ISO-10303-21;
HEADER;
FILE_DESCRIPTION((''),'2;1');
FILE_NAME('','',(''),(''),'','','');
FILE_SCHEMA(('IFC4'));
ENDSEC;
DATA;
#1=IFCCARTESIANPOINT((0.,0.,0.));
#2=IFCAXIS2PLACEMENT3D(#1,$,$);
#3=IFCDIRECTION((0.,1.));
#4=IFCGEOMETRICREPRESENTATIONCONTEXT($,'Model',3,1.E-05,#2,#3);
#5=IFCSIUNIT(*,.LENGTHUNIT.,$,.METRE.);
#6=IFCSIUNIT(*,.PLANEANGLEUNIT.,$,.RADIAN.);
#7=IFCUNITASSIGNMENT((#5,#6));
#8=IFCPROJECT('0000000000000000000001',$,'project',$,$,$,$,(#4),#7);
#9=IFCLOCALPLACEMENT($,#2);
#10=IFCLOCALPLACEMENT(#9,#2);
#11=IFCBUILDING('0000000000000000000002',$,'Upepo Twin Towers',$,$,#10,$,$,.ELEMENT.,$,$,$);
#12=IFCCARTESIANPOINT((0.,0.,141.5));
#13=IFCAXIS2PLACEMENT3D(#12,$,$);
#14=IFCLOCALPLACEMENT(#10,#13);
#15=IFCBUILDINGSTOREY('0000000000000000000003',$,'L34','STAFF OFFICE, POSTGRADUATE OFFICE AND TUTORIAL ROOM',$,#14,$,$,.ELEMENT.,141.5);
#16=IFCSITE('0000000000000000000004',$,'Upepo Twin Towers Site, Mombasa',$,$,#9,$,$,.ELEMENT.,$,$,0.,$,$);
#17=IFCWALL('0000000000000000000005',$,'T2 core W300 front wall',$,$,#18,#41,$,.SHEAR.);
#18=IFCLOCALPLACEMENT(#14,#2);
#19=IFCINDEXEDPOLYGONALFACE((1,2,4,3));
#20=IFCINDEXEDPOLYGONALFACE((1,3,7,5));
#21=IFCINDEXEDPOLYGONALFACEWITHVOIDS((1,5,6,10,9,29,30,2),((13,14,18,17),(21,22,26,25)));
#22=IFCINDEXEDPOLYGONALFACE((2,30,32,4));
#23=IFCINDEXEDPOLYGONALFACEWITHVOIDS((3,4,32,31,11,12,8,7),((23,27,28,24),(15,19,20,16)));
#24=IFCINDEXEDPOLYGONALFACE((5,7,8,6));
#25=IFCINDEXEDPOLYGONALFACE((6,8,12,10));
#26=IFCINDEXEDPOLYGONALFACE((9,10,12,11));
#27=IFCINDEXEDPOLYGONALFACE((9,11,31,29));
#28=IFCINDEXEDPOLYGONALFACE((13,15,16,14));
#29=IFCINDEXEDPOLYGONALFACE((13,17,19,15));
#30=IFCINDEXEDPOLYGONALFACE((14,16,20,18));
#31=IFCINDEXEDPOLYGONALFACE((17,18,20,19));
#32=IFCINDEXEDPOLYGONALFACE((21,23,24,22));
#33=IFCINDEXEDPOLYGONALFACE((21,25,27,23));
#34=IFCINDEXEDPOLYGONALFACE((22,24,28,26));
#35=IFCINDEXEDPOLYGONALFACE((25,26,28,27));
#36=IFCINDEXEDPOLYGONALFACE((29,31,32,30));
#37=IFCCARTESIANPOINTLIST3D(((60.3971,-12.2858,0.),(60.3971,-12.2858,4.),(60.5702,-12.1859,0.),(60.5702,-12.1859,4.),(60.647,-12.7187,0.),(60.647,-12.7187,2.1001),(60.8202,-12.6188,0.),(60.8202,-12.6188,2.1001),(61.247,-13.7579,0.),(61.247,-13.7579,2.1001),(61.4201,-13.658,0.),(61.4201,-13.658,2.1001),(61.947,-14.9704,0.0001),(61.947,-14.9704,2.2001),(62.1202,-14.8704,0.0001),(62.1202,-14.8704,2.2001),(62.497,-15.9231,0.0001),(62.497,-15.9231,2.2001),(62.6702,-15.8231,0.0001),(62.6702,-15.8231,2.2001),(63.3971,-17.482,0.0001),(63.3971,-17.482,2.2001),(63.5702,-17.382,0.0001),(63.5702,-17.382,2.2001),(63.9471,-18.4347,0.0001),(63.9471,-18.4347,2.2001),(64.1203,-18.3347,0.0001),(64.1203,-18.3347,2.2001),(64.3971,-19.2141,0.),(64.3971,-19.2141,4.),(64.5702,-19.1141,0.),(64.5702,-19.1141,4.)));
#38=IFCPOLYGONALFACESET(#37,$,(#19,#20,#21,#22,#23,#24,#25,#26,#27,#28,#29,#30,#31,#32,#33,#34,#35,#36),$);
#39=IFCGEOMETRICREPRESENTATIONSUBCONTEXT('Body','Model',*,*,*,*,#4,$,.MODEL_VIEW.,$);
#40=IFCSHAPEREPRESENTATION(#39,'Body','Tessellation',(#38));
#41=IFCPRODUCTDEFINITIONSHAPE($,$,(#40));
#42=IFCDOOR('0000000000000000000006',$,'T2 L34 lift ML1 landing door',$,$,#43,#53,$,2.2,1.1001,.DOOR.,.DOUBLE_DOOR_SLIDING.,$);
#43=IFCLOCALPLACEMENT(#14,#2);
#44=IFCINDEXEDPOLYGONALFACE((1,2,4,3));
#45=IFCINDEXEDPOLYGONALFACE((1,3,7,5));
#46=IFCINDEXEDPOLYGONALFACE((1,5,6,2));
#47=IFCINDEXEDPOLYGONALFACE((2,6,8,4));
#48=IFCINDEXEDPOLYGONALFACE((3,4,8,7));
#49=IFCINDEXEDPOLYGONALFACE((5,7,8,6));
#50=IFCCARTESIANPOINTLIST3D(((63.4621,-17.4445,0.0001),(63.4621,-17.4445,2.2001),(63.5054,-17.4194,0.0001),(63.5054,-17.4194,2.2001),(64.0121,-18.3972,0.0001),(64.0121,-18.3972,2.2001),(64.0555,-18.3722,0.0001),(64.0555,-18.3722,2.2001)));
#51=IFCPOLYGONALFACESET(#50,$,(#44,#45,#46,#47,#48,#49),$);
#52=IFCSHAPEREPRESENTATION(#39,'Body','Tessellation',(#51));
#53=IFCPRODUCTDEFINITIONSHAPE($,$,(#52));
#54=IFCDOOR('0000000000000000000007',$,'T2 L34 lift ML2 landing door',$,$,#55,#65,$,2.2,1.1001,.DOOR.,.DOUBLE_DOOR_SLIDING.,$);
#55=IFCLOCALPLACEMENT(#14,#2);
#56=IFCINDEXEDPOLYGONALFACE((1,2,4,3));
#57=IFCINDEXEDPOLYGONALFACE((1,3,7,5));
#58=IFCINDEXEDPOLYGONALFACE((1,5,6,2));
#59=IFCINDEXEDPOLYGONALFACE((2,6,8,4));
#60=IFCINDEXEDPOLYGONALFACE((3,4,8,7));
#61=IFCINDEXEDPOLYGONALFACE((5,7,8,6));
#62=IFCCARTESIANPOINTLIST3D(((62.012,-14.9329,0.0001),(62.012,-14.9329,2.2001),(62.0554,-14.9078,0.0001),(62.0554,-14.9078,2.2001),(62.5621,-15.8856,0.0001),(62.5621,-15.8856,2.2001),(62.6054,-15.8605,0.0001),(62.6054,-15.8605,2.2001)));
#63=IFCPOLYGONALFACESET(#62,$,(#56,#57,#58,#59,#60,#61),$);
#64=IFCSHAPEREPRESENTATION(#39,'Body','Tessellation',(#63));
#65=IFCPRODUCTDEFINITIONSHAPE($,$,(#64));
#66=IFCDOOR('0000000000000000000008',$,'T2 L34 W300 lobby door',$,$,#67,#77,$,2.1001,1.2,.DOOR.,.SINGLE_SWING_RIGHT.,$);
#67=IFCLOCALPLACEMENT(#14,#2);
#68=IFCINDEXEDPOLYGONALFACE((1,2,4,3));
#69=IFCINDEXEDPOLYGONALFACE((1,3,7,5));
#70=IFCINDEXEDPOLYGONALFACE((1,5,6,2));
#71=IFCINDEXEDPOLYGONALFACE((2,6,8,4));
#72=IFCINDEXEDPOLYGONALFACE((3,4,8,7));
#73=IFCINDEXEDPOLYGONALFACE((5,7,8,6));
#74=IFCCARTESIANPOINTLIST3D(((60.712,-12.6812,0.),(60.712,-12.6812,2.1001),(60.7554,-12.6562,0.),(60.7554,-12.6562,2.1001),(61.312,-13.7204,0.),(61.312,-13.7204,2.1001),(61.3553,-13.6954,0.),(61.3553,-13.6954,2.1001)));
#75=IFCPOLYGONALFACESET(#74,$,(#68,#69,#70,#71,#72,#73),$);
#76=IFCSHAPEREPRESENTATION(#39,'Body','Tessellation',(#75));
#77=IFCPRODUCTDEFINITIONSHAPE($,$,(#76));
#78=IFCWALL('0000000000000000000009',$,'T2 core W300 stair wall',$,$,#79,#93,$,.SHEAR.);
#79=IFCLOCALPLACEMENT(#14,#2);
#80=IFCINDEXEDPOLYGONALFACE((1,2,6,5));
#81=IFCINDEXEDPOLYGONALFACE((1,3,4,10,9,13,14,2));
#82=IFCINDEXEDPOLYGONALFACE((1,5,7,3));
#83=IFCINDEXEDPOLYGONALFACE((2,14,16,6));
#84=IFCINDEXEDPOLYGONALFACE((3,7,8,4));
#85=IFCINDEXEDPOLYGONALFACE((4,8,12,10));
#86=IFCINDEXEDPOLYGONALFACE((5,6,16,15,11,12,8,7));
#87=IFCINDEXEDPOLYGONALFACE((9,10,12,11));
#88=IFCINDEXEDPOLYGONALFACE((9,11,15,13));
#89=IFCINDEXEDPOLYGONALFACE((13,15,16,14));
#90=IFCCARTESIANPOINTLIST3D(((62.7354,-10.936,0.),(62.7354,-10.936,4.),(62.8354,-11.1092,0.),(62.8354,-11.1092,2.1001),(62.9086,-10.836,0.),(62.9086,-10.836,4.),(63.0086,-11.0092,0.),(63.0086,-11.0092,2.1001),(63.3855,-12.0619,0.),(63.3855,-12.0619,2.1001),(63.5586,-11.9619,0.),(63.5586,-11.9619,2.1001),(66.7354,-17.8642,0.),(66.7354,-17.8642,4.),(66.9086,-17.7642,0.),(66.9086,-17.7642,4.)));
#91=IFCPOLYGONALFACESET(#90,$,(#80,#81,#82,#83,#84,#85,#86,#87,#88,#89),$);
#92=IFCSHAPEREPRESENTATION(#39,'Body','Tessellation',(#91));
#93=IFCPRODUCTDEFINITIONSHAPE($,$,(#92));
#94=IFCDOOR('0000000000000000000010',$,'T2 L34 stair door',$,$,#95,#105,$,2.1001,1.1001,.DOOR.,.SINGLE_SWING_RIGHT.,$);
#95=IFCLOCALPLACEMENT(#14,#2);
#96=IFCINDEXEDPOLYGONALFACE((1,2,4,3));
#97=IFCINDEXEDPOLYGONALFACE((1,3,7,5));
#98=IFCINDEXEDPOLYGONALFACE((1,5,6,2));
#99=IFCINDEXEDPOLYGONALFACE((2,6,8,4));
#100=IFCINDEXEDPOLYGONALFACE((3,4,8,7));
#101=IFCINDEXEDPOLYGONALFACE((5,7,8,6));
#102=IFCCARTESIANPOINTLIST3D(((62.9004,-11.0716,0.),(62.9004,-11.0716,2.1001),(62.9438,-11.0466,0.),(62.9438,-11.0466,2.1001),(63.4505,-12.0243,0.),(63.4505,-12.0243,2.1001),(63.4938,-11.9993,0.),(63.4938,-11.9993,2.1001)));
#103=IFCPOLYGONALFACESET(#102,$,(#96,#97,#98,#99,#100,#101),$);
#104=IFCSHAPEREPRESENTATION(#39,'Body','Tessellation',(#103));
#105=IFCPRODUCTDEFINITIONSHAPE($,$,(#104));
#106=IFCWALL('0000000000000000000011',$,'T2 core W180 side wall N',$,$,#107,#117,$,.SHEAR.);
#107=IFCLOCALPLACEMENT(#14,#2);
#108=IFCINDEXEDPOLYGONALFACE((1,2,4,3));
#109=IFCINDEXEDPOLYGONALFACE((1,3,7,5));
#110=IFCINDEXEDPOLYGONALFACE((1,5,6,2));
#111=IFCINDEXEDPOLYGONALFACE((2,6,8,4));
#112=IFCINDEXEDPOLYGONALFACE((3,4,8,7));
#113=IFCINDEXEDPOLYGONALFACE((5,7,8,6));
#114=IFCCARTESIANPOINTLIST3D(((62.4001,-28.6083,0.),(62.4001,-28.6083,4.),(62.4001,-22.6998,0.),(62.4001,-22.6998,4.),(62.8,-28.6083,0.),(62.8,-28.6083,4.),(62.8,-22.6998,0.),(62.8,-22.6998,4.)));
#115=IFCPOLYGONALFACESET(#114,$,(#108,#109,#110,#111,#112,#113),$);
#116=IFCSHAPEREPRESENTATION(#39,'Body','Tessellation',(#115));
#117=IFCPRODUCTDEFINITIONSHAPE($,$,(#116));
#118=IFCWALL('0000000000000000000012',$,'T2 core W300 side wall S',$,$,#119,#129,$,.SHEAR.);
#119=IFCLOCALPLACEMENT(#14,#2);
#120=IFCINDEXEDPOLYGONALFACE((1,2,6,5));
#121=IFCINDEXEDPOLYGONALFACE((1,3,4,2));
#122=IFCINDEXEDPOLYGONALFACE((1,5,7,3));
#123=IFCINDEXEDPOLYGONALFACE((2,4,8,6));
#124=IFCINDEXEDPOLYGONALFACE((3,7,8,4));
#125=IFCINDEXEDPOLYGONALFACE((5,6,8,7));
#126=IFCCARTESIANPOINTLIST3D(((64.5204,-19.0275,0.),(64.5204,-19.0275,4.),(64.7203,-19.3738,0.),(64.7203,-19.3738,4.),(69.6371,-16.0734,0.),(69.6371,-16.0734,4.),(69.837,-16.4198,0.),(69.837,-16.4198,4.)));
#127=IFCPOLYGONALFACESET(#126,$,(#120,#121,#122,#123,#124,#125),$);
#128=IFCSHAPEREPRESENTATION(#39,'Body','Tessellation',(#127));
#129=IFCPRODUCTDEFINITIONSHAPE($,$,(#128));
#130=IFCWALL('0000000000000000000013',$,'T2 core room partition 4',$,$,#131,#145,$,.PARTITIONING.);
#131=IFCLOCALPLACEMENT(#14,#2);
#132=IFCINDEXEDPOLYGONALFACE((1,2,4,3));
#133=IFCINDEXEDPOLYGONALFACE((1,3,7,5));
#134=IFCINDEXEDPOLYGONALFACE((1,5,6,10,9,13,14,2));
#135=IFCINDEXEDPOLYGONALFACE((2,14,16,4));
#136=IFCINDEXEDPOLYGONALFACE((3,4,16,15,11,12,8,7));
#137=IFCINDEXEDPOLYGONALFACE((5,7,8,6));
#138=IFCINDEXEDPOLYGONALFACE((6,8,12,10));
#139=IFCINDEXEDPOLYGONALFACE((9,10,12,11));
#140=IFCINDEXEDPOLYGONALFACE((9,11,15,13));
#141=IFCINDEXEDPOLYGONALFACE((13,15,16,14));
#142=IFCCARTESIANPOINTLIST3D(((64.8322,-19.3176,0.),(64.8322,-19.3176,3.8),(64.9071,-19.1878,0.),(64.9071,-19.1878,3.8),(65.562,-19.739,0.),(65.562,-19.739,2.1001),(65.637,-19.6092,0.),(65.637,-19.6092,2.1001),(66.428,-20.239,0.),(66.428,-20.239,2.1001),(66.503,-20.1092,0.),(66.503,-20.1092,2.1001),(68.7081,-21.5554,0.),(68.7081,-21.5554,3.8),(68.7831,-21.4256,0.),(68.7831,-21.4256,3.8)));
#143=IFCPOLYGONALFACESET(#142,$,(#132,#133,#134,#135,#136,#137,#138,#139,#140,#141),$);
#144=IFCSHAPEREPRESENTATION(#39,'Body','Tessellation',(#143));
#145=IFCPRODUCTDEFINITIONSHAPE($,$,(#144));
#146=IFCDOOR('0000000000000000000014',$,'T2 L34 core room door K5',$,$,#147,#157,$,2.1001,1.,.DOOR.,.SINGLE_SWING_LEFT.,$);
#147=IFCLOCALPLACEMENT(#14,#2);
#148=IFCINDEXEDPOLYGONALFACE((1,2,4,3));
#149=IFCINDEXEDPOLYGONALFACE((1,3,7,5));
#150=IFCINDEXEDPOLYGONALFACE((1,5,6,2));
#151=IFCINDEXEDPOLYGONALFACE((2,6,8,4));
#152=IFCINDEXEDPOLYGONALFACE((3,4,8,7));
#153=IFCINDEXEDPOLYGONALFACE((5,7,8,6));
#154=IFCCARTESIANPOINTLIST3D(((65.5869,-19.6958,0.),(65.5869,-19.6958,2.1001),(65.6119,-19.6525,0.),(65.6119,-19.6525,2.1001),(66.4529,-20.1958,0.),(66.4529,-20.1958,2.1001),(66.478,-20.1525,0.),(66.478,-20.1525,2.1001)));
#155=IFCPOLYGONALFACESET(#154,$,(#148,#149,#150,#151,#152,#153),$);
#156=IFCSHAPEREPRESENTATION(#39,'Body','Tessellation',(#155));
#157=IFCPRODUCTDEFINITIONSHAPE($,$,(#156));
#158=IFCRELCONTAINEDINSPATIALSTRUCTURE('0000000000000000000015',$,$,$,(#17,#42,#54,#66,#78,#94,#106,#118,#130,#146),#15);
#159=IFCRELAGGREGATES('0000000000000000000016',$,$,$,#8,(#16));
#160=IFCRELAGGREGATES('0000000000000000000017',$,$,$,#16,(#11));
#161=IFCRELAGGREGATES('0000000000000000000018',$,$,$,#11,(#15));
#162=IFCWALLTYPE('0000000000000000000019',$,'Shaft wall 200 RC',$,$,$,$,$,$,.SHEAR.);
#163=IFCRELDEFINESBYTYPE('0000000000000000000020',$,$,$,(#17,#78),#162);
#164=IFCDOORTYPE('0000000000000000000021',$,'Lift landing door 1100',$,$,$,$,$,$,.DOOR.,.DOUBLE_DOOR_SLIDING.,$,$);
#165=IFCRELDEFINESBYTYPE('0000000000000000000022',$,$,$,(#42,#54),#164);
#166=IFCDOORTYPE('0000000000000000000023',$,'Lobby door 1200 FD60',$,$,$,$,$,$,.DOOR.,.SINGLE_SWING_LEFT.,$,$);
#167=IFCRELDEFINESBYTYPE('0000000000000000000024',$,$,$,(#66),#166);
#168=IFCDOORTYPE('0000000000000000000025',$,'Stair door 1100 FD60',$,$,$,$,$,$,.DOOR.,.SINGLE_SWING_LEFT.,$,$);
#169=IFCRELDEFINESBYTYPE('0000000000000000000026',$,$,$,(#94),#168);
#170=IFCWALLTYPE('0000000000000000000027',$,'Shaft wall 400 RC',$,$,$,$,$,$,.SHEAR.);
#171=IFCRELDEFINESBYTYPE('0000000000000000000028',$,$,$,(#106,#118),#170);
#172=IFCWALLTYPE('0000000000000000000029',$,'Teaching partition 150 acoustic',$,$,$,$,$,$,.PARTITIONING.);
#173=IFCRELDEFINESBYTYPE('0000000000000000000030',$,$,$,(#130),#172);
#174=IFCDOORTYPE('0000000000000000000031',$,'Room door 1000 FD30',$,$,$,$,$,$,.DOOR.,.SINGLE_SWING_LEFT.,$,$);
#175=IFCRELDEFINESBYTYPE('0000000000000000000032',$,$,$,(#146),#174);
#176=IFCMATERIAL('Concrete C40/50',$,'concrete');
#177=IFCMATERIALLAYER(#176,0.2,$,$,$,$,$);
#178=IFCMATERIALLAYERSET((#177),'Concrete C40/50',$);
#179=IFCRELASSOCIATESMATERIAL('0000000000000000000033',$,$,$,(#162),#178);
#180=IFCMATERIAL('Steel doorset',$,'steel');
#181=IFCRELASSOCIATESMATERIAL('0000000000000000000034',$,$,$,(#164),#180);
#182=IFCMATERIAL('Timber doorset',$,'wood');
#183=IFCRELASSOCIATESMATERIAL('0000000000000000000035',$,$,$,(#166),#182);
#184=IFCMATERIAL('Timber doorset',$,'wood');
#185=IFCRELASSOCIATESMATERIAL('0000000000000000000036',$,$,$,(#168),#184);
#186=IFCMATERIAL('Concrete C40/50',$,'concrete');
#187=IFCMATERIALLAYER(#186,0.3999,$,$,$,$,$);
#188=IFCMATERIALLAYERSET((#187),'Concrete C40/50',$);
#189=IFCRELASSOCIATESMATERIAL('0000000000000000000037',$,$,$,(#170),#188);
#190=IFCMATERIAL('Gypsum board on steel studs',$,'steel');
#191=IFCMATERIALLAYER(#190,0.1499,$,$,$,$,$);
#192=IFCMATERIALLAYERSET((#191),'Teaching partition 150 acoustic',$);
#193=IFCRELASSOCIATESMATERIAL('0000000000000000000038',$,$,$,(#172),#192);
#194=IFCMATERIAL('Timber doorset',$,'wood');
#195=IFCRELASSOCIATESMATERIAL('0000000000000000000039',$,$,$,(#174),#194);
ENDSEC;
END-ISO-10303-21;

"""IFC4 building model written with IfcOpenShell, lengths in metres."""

from ifc_helpers import new_model, si_unit, direction, frame, frame_2d, origin, place, context, subcontext, project, spatial, rectangle, extrude, material, layer, layer_set, type_object, element, fill, save


model = new_model("IFC4")

# Units and contexts
model_context = context("Model", 3, precision=1e-05, world=origin(), true_north=direction((0.0, 1.0)))
body_context = subcontext(model_context, "Body", "Model", "MODEL_VIEW")
ifc_project = project(units=[si_unit("LENGTHUNIT", "METRE"), si_unit("PLANEANGLEUNIT", "RADIAN")], contexts=[model_context])

# Site, building, storey
site_placement = place(None, origin())
site = spatial("IfcSite", under=ifc_project, at=site_placement, Name="Upepo Twin Towers Site, Mombasa", CompositionType="ELEMENT", RefElevation=0.0)
building_placement = place(site_placement, origin())
building = spatial("IfcBuilding", under=site, at=building_placement, Name="Upepo Twin Towers", CompositionType="ELEMENT")
storey_placement = place(building_placement, frame((0.0, 0.0, 141.5)))
storey = spatial("IfcBuildingStorey", under=building, at=storey_placement, Name="L34", Description="STAFF OFFICE, POSTGRADUATE OFFICE AND TUTORIAL ROOM", CompositionType="ELEMENT", Elevation=141.5)

# Shared definitions
ifc_material_1 = material(Name="Concrete C40/50", Category="concrete")
ifc_layer_1 = layer(ifc_material_1, 0.2)
ifc_layer_set_1 = layer_set([ifc_layer_1], Name="Concrete C40/50")
wall_type_1 = type_object("IfcWallType", Name="Shaft wall 200 RC", PredefinedType="SHEAR", material=ifc_layer_set_1)

# Wall, openings, doors
wall_1_placement = place(storey_placement, frame((64.4836, -19.1641, 0.0), z_axis=(0.0, 0.0, 1.0), x_axis=(-0.499999, 0.866026, 0.0)))
wall_1 = element("IfcWall", 1, at=wall_1_placement, inside=storey, type_object=wall_type_1, Name="T2 core W300 front wall", PredefinedType="SHEAR", context=body_context, shape_type="SweptSolid", body=[
    extrude(rectangle(XDim=8.0, YDim=0.2, at=frame_2d((4.0, 0.0))), origin(), (0.0, 0.0, 1.0), 4.0),
])
opening_1_placement = place(wall_1_placement, frame((6.3, 0.0, 0.0)))
opening_1 = element("IfcOpeningElement", 2, at=opening_1_placement, cuts=wall_1, PredefinedType="OPENING", context=body_context, shape_type="SweptSolid", body=[
    extrude(rectangle(XDim=1.2, YDim=2.1001, at=frame_2d((0.6001, 1.05))), frame((0.0, 0.1099, 0.0), z_axis=(0.0, -1.0, 0.0), x_axis=(1.0, 0.0, 0.0)), (0.0, 0.0, 1.0), 0.22),
])
opening_2_placement = place(wall_1_placement, frame((0.8999, 0.0, 0.0)))
opening_2 = element("IfcOpeningElement", 3, at=opening_2_placement, cuts=wall_1, PredefinedType="OPENING", context=body_context, shape_type="SweptSolid", body=[
    extrude(rectangle(XDim=1.1001, YDim=2.2, at=frame_2d((0.55, 1.1001))), frame((0.0, 0.1099, 0.0), z_axis=(0.0, -1.0, 0.0), x_axis=(1.0, 0.0, 0.0)), (0.0, 0.0, 1.0), 0.22),
])
opening_3_placement = place(wall_1_placement, frame((3.8, 0.0, 0.0)))
opening_3 = element("IfcOpeningElement", 4, at=opening_3_placement, cuts=wall_1, PredefinedType="OPENING", context=body_context, shape_type="SweptSolid", body=[
    extrude(rectangle(XDim=1.1001, YDim=2.2, at=frame_2d((0.55, 1.1001))), frame((0.0, 0.1099, 0.0), z_axis=(0.0, -1.0, 0.0), x_axis=(1.0, 0.0, 0.0)), (0.0, 0.0, 1.0), 0.22),
])
ifc_material_2 = material(Name="Steel doorset", Category="steel")
door_type_1 = type_object("IfcDoorType", Name="Lift landing door 1100", OperationType="DOUBLE_DOOR_SLIDING", PredefinedType="DOOR", material=ifc_material_2)
door_1_placement = place(opening_2_placement, origin())
door_1 = element("IfcDoor", 5, at=door_1_placement, inside=storey, type_object=door_type_1, Name="T2 L34 lift ML1 landing door", OperationType="DOUBLE_DOOR_SLIDING", OverallHeight=2.2, OverallWidth=1.1001, PredefinedType="DOOR", context=body_context, shape_type="SweptSolid", body=[
    extrude(rectangle(XDim=1.1001, YDim=2.2, at=frame_2d((0.55, 1.1001))), frame((0.0, 0.0249, 0.0), z_axis=(0.0, -1.0, 0.0), x_axis=(1.0, 0.0, 0.0)), (0.0, 0.0, 1.0), 0.05),
])
fill(opening_2, door_1)
door_2_placement = place(opening_3_placement, origin())
door_2 = element("IfcDoor", 6, at=door_2_placement, inside=storey, type_object=door_type_1, Name="T2 L34 lift ML2 landing door", OperationType="DOUBLE_DOOR_SLIDING", OverallHeight=2.2, OverallWidth=1.1001, PredefinedType="DOOR", context=body_context, shape_type="SweptSolid", body=[
    extrude(rectangle(XDim=1.1001, YDim=2.2, at=frame_2d((0.55, 1.1001))), frame((0.0, 0.0249, 0.0), z_axis=(0.0, -1.0, 0.0), x_axis=(1.0, 0.0, 0.0)), (0.0, 0.0, 1.0), 0.05),
])
fill(opening_3, door_2)
ifc_material_3 = material(Name="Timber doorset", Category="wood")
door_type_2 = type_object("IfcDoorType", Name="Lobby door 1200 FD60", OperationType="SINGLE_SWING_LEFT", PredefinedType="DOOR", material=ifc_material_3)
door_3_placement = place(opening_1_placement, origin())
door_3 = element("IfcDoor", 7, at=door_3_placement, inside=storey, type_object=door_type_2, Name="T2 L34 W300 lobby door", OperationType="SINGLE_SWING_RIGHT", OverallHeight=2.1001, OverallWidth=1.2, PredefinedType="DOOR", context=body_context, shape_type="SweptSolid", body=[
    extrude(rectangle(XDim=1.2, YDim=2.1001, at=frame_2d((0.6001, 1.05))), frame((0.0, 0.0249, 0.0), z_axis=(0.0, -1.0, 0.0), x_axis=(1.0, 0.0, 0.0)), (0.0, 0.0, 1.0), 0.05),
])
fill(opening_1, door_3)

# Wall, opening, door
wall_2_placement = place(storey_placement, frame((66.822, -17.8142, 0.0), z_axis=(0.0, 0.0, 1.0), x_axis=(-0.499999, 0.866026, 0.0)))
wall_2 = element("IfcWall", 8, at=wall_2_placement, inside=storey, type_object=wall_type_1, Name="T2 core W300 stair wall", PredefinedType="SHEAR", context=body_context, shape_type="SweptSolid", body=[
    extrude(rectangle(XDim=8.0, YDim=0.2, at=frame_2d((4.0, 0.0))), origin(), (0.0, 0.0, 1.0), 4.0),
])
opening_4_placement = place(wall_2_placement, frame((6.7, 0.0, 0.0)))
opening_4 = element("IfcOpeningElement", 9, at=opening_4_placement, cuts=wall_2, PredefinedType="OPENING", context=body_context, shape_type="SweptSolid", body=[
    extrude(rectangle(XDim=1.1001, YDim=2.1001, at=frame_2d((0.55, 1.05))), frame((0.0, 0.1099, 0.0), z_axis=(0.0, -1.0, 0.0), x_axis=(1.0, 0.0, 0.0)), (0.0, 0.0, 1.0), 0.22),
])
ifc_material_4 = material(Name="Timber doorset", Category="wood")
door_type_3 = type_object("IfcDoorType", Name="Stair door 1100 FD60", OperationType="SINGLE_SWING_LEFT", PredefinedType="DOOR", material=ifc_material_4)
door_4_placement = place(opening_4_placement, origin())
door_4 = element("IfcDoor", 10, at=door_4_placement, inside=storey, type_object=door_type_3, Name="T2 L34 stair door", OperationType="SINGLE_SWING_RIGHT", OverallHeight=2.1001, OverallWidth=1.1001, PredefinedType="DOOR", context=body_context, shape_type="SweptSolid", body=[
    extrude(rectangle(XDim=1.1001, YDim=2.1001, at=frame_2d((0.55, 1.05))), frame((0.0, 0.0249, 0.0), z_axis=(0.0, -1.0, 0.0), x_axis=(1.0, 0.0, 0.0)), (0.0, 0.0, 1.0), 0.05),
])
fill(opening_4, door_4)

# Walls
ifc_material_5 = material(Name="Concrete C40/50", Category="concrete")
ifc_layer_2 = layer(ifc_material_5, 0.3999)
ifc_layer_set_2 = layer_set([ifc_layer_2], Name="Concrete C40/50")
wall_type_2 = type_object("IfcWallType", Name="Shaft wall 400 RC", PredefinedType="SHEAR", material=ifc_layer_set_2)
wall_3_placement = place(storey_placement, frame((62.6001, -22.7, 0.0), z_axis=(0.0, 0.0, 1.0), x_axis=(0.0, -1.0, 0.0)))
element("IfcWall", 11, at=wall_3_placement, inside=storey, type_object=wall_type_2, Name="T2 core W180 side wall N", PredefinedType="SHEAR", context=body_context, shape_type="SweptSolid", body=[
    extrude(rectangle(XDim=5.9084, YDim=0.3999, at=frame_2d((2.9541, 0.0))), origin(), (0.0, 0.0, 1.0), 4.0),
])
wall_4_placement = place(storey_placement, frame((64.6204, -19.2007, 0.0), z_axis=(0.0, 0.0, 1.0), x_axis=(0.866027, 0.499997, 0.0)))
element("IfcWall", 12, at=wall_4_placement, inside=storey, type_object=wall_type_2, Name="T2 core W300 side wall S", PredefinedType="SHEAR", context=body_context, shape_type="SweptSolid", body=[
    extrude(rectangle(XDim=5.9082, YDim=0.3999, at=frame_2d((2.9541, 0.0))), origin(), (0.0, 0.0, 1.0), 4.0),
])

# Wall, opening, door
ifc_material_6 = material(Name="Gypsum board on steel studs", Category="steel")
ifc_layer_3 = layer(ifc_material_6, 0.1499)
ifc_layer_set_3 = layer_set([ifc_layer_3], Name="Teaching partition 150 acoustic")
wall_type_3 = type_object("IfcWallType", Name="Teaching partition 150 acoustic", PredefinedType="PARTITIONING", material=ifc_layer_set_3)
wall_5_placement = place(storey_placement, frame((64.8696, -19.2527, 0.0), z_axis=(0.0, 0.0, 1.0), x_axis=(0.866026, -0.499999, 0.0)))
wall_5 = element("IfcWall", 13, at=wall_5_placement, inside=storey, type_object=wall_type_3, Name="T2 core room partition 4", PredefinedType="PARTITIONING", context=body_context, shape_type="SweptSolid", body=[
    extrude(rectangle(XDim=4.4756, YDim=0.1499, at=frame_2d((2.2378, 0.0))), origin(), (0.0, 0.0, 1.0), 3.8),
])
opening_5_placement = place(wall_5_placement, frame((0.8428, 0.0, 0.0)))
opening_5 = element("IfcOpeningElement", 14, at=opening_5_placement, cuts=wall_5, PredefinedType="OPENING", context=body_context, shape_type="SweptSolid", body=[
    extrude(rectangle(XDim=1.0, YDim=2.1001, at=frame_2d((0.5, 1.05))), frame((0.0, 0.085, 0.0), z_axis=(0.0, -1.0, 0.0), x_axis=(1.0, 0.0, 0.0)), (0.0, 0.0, 1.0), 0.1699),
])
ifc_material_7 = material(Name="Timber doorset", Category="wood")
door_type_4 = type_object("IfcDoorType", Name="Room door 1000 FD30", OperationType="SINGLE_SWING_LEFT", PredefinedType="DOOR", material=ifc_material_7)
door_5_placement = place(opening_5_placement, origin())
door_5 = element("IfcDoor", 15, at=door_5_placement, inside=storey, type_object=door_type_4, Name="T2 L34 core room door K5", OperationType="SINGLE_SWING_LEFT", OverallHeight=2.1001, OverallWidth=1.0, PredefinedType="DOOR", context=body_context, shape_type="SweptSolid", body=[
    extrude(rectangle(XDim=1.0, YDim=2.1001, at=frame_2d((0.5, 1.05))), frame((0.0, 0.0249, 0.0), z_axis=(0.0, -1.0, 0.0), x_axis=(1.0, 0.0, 0.0)), (0.0, 0.0, 1.0), 0.05),
])
fill(opening_5, door_5)

save(model, "model.ifc")
